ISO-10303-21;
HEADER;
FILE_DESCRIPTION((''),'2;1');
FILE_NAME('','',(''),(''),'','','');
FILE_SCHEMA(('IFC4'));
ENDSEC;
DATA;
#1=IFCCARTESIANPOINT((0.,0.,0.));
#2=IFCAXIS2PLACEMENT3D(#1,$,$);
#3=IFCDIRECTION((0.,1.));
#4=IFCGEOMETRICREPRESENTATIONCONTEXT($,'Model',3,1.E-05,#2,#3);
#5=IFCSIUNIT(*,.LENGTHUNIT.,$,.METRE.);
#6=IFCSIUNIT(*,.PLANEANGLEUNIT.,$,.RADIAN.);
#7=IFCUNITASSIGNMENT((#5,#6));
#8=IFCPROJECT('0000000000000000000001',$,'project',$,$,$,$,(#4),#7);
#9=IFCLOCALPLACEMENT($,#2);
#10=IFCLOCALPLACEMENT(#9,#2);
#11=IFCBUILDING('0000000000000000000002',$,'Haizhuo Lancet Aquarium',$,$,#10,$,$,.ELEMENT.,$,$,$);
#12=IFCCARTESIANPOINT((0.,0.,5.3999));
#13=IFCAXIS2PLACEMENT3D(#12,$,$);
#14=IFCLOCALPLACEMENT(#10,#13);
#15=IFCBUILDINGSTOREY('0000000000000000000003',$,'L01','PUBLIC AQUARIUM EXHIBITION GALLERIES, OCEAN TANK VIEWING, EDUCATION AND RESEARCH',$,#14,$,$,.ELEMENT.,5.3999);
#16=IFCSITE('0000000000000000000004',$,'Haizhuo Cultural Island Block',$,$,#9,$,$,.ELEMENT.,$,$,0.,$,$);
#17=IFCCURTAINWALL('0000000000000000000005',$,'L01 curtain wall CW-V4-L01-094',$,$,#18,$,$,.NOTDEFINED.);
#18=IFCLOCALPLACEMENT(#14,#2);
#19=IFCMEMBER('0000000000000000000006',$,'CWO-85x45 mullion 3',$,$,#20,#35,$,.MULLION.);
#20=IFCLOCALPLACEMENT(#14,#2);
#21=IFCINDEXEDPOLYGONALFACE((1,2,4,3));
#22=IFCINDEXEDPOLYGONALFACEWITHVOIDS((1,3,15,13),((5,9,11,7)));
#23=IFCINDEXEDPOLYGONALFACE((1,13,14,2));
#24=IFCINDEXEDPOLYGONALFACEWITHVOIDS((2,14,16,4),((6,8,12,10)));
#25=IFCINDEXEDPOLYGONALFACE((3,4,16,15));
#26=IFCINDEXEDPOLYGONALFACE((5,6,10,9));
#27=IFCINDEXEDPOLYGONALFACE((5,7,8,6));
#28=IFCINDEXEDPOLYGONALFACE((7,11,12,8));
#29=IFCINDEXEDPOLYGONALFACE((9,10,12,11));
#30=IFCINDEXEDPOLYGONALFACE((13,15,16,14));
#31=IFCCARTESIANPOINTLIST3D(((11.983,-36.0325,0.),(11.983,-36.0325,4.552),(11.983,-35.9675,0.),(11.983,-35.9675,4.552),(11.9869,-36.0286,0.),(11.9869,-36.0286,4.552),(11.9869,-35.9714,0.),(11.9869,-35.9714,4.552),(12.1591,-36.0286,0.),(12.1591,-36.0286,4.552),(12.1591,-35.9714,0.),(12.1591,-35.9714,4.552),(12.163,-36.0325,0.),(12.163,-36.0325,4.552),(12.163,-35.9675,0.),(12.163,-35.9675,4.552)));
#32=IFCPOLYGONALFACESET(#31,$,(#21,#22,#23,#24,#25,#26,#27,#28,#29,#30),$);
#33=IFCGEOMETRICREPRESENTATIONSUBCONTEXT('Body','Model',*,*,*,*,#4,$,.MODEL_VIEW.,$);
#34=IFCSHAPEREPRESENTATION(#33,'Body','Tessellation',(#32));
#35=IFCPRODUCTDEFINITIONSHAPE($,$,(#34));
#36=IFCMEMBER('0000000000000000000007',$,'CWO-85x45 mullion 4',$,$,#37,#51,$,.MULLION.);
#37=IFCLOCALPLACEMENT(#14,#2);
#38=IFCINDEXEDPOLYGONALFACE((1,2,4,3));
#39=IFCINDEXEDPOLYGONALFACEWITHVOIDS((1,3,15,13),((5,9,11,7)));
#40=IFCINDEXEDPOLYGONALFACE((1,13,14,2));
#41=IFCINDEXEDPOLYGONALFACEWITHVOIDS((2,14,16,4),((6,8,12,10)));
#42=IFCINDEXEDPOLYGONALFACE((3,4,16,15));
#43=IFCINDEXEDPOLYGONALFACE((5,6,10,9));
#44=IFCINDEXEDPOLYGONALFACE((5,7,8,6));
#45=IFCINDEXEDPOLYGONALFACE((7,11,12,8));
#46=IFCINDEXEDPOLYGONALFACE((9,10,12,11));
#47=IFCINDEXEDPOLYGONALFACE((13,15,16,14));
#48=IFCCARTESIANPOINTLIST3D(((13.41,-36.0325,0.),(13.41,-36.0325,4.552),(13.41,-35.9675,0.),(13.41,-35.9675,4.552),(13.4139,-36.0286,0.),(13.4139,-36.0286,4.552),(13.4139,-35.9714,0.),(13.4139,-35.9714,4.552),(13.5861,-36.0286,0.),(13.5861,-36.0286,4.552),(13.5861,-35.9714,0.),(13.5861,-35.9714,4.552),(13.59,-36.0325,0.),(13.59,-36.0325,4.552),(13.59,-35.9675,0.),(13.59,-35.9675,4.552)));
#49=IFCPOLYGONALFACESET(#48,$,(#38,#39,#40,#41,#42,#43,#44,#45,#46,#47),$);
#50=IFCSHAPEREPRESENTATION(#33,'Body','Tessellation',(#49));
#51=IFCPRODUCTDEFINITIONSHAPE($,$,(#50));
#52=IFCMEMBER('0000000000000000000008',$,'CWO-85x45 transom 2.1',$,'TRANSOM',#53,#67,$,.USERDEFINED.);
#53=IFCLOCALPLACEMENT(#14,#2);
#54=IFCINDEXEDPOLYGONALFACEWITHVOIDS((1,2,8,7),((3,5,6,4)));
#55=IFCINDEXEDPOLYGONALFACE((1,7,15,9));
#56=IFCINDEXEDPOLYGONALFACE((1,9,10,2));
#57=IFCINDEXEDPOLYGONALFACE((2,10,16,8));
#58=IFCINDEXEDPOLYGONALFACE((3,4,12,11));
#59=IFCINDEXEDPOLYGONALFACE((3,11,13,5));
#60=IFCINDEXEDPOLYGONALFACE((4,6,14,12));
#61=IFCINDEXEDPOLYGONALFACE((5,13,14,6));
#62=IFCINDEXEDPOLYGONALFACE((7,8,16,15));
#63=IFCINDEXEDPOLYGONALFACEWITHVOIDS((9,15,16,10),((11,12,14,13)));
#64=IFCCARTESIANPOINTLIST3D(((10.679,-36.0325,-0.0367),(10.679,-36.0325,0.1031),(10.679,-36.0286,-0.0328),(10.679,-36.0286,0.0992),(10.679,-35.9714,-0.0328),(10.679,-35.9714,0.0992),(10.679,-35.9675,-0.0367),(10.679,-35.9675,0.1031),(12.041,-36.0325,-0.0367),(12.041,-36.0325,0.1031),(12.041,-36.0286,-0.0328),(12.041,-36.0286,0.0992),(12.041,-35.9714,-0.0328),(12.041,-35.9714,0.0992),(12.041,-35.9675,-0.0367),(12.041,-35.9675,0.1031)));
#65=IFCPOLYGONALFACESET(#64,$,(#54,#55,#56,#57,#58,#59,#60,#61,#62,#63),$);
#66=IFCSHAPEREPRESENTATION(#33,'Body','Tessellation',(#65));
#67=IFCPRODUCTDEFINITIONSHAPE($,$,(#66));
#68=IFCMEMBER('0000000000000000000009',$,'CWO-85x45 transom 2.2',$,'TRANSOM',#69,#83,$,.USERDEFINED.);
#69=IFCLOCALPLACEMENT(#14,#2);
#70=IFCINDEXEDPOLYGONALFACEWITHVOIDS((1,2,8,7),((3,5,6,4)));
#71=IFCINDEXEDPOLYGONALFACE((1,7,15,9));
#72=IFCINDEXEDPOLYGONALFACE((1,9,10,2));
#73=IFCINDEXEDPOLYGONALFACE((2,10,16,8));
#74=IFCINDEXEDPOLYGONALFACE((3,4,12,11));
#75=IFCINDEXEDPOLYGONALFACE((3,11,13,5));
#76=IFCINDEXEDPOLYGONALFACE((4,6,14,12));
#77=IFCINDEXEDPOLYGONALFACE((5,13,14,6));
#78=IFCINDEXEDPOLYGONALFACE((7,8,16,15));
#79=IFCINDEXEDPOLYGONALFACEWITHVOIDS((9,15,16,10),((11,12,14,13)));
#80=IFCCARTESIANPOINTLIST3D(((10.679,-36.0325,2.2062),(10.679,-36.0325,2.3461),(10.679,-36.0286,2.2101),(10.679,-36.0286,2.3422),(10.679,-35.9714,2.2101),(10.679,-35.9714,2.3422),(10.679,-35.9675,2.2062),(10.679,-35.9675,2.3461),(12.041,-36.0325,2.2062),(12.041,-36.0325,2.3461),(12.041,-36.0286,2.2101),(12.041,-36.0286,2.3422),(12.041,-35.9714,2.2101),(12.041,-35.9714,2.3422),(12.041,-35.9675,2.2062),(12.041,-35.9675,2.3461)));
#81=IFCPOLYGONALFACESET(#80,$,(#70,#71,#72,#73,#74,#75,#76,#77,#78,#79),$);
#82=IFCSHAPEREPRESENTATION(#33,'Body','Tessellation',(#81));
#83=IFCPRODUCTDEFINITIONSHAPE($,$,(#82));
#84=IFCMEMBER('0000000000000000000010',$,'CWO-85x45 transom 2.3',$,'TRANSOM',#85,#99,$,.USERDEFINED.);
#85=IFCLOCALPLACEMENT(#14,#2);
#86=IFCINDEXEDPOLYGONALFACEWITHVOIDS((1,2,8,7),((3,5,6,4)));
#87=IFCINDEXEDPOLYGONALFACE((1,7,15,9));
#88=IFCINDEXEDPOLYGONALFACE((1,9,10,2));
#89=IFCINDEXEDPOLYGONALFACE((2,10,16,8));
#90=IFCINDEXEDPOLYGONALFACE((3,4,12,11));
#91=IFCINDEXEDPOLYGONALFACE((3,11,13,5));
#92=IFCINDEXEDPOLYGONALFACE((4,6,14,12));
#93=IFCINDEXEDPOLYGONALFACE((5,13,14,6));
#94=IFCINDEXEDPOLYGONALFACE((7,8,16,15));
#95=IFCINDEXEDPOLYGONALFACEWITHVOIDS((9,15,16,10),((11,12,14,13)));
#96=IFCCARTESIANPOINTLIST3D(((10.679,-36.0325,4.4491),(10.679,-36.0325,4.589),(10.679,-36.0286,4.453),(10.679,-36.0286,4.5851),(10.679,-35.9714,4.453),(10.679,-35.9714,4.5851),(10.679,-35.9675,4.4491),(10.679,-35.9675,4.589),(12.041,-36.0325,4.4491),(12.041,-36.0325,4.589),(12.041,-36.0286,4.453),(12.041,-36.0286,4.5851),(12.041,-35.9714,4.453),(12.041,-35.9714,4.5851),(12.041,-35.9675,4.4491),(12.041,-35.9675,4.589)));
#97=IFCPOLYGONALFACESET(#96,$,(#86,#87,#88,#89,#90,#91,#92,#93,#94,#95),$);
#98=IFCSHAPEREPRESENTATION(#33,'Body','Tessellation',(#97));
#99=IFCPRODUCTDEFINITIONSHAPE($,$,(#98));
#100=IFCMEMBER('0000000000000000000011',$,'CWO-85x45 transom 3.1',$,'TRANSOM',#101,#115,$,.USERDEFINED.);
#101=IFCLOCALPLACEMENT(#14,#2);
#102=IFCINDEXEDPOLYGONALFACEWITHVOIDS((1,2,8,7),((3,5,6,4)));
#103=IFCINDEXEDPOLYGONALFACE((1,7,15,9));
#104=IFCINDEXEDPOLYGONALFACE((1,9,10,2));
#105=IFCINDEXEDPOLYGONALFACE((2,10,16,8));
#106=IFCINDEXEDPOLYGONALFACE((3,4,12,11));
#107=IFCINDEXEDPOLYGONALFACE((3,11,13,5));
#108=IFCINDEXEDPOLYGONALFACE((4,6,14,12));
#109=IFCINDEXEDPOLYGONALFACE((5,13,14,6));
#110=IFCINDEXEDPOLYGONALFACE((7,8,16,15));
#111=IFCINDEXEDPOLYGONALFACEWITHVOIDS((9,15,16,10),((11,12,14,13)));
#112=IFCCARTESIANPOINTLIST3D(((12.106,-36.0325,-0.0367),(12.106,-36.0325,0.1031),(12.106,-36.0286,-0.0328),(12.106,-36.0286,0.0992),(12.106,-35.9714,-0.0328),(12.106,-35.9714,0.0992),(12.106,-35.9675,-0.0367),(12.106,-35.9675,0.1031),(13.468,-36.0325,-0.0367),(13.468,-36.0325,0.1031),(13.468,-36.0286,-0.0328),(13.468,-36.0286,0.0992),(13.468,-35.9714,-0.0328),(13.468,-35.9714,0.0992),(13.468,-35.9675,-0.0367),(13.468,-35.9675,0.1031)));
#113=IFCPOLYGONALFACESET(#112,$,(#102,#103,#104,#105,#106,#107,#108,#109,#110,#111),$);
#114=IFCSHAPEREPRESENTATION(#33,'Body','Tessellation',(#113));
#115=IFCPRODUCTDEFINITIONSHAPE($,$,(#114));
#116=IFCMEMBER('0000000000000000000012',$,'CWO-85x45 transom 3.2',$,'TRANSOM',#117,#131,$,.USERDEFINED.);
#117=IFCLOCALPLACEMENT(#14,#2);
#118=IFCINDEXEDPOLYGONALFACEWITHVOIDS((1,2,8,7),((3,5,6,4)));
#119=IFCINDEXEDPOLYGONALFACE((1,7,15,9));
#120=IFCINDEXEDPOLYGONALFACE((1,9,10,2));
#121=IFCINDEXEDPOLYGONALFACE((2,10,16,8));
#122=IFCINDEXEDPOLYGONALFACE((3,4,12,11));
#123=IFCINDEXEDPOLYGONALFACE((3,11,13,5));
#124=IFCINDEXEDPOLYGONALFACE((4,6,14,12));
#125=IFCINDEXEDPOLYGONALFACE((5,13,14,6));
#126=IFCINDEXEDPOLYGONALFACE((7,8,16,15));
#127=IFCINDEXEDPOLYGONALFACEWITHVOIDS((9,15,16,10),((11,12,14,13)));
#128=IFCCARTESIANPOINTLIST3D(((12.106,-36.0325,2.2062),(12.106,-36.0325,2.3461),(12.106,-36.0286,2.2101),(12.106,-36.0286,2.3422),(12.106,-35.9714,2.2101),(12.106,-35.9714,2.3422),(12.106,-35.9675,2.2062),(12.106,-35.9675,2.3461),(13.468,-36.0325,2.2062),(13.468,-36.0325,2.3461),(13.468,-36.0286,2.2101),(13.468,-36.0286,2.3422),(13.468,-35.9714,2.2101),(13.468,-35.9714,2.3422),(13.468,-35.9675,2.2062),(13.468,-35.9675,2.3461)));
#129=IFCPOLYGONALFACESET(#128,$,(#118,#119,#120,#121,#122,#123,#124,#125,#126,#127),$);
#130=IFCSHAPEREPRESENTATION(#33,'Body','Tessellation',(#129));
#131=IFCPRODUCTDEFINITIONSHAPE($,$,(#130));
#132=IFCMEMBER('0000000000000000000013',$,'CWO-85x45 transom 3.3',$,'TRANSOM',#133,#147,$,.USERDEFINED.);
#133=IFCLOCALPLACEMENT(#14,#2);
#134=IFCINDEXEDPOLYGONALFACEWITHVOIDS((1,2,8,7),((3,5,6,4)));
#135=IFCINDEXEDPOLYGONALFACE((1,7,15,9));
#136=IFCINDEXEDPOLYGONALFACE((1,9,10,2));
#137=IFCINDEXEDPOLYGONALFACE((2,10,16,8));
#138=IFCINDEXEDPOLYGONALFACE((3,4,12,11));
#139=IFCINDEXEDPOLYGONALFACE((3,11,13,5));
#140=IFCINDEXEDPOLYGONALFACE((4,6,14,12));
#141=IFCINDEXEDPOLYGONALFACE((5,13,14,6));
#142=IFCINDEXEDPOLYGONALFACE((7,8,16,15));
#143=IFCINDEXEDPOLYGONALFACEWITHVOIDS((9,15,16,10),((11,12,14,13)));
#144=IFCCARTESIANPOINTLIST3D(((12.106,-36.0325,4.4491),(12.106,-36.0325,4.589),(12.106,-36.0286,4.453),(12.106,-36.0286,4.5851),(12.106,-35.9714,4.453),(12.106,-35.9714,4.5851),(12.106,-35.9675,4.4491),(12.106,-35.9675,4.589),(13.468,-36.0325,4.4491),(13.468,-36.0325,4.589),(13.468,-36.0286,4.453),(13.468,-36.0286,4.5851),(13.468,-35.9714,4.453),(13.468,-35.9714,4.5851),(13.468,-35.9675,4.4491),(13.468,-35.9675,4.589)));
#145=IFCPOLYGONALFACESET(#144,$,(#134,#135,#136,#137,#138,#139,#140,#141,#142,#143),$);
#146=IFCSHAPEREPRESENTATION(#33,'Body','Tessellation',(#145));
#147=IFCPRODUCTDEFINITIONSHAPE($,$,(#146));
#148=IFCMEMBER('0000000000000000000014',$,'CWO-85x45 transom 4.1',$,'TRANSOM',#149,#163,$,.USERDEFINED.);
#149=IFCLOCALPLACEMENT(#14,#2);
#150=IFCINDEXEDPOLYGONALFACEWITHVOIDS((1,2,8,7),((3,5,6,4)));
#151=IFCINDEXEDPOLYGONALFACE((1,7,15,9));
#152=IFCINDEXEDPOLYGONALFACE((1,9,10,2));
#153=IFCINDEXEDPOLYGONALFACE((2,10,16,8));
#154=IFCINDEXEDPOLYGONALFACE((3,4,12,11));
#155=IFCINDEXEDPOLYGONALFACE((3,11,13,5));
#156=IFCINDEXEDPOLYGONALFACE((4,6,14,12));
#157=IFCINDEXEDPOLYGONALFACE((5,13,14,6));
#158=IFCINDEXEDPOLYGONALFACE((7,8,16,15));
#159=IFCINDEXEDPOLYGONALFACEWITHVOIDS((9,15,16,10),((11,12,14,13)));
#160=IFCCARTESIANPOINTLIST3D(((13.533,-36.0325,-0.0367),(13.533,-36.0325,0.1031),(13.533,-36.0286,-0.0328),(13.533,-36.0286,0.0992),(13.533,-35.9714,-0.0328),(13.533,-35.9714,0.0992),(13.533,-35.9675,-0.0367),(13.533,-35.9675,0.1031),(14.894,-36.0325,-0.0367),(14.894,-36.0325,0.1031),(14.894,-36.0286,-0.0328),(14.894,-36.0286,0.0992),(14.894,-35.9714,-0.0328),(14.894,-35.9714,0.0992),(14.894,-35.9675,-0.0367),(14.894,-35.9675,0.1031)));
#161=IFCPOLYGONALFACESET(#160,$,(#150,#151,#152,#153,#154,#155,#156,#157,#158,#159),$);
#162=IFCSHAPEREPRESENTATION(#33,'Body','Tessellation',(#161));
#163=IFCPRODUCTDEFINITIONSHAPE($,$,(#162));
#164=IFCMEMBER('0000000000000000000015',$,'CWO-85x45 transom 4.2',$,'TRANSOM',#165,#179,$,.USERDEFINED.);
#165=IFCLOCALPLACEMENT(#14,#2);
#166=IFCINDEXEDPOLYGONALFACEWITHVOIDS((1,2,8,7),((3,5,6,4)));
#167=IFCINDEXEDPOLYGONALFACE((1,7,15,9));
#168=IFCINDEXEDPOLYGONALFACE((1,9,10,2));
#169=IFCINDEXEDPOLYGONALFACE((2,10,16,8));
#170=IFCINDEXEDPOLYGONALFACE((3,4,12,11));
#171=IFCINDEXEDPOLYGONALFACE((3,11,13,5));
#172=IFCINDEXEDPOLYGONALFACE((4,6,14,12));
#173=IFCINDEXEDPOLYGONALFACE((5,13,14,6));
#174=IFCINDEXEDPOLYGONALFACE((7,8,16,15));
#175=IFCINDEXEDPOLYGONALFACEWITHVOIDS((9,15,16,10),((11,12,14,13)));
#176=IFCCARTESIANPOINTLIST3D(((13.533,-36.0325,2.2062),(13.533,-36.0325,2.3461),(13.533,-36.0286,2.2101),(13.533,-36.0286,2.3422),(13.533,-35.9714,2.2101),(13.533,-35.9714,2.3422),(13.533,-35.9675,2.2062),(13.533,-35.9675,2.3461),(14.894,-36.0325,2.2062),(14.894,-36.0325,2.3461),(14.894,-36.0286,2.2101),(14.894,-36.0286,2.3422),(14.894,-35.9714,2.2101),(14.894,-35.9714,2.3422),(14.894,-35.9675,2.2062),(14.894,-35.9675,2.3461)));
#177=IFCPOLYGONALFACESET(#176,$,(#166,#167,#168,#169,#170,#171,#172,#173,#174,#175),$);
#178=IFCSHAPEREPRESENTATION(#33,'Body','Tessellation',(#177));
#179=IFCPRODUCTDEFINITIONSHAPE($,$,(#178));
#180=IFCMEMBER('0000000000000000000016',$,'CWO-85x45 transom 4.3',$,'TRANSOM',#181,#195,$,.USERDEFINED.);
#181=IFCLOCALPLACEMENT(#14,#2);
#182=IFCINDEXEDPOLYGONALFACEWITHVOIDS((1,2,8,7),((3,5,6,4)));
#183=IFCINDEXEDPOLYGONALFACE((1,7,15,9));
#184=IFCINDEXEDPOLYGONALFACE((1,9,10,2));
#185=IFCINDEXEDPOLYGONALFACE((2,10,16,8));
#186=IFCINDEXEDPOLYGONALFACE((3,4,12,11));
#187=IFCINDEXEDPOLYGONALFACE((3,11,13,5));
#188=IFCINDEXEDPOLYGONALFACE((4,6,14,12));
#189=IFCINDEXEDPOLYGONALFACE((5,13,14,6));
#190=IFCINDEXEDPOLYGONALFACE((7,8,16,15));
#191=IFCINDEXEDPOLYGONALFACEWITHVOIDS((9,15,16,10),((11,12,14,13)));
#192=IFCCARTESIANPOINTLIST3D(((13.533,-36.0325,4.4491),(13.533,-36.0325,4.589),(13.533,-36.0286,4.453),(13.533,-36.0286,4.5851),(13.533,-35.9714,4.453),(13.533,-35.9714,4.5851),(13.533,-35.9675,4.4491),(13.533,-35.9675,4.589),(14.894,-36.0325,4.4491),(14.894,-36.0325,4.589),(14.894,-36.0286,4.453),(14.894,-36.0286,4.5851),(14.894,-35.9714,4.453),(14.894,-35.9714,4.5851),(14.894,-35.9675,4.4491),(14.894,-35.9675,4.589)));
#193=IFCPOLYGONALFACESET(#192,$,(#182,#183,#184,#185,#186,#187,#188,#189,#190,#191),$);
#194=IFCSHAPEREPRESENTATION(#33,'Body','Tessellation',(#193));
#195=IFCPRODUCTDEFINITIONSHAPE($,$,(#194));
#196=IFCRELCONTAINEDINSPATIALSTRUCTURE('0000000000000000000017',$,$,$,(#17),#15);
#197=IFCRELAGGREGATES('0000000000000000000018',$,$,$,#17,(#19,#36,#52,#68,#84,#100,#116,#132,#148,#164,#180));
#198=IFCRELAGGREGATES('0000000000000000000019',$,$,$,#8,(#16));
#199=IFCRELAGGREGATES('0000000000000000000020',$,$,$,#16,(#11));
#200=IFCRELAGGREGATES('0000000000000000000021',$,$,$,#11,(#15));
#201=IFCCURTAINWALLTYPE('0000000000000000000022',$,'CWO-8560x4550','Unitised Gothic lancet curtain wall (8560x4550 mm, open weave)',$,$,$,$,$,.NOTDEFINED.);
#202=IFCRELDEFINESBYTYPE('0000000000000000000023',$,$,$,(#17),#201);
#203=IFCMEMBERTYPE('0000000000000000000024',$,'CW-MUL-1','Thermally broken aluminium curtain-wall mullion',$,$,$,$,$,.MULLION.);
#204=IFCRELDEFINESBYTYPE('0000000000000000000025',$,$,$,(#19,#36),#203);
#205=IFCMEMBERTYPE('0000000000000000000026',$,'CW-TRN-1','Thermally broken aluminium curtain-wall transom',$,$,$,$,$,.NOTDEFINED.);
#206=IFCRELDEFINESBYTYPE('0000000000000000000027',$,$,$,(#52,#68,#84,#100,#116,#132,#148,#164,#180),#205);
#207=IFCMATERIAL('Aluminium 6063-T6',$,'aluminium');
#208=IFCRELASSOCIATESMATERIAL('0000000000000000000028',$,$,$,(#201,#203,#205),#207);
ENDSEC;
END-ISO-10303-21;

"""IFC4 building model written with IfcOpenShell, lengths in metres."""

from ifc_helpers import new_model, si_unit, direction, frame, origin, origin_2d, place, context, subcontext, project, spatial, hollow_rectangle, extrude, material, material_profile, profile_set, type_object, element, aggregate, save


model = new_model("IFC4")

# Units and contexts
model_context = context("Model", 3, precision=1e-05, world=origin(), true_north=direction((0.0, 1.0)))
body_context = subcontext(model_context, "Body", "Model", "MODEL_VIEW")
ifc_project = project(units=[si_unit("LENGTHUNIT", "METRE"), si_unit("PLANEANGLEUNIT", "RADIAN")], contexts=[model_context])

# Site, building, storey
site_placement = place(None, origin())
site = spatial("IfcSite", under=ifc_project, at=site_placement, Name="Haizhuo Cultural Island Block", CompositionType="ELEMENT", RefElevation=0.0)
building_placement = place(site_placement, origin())
building = spatial("IfcBuilding", under=site, at=building_placement, Name="Haizhuo Lancet Aquarium", CompositionType="ELEMENT")
storey_placement = place(building_placement, frame((0.0, 0.0, 5.3999)))
storey = spatial("IfcBuildingStorey", under=building, at=storey_placement, Name="L01", Description="PUBLIC AQUARIUM EXHIBITION GALLERIES, OCEAN TANK VIEWING, EDUCATION AND RESEARCH", CompositionType="ELEMENT", Elevation=5.3999)

# Curtain wall, members
ifc_material_1 = material(Name="Aluminium 6063-T6", Category="aluminium")
curtain_wall_type = type_object("IfcCurtainWallType", Name="CWO-8560x4550", Description="Unitised Gothic lancet curtain wall (8560x4550 mm, open weave)", PredefinedType="NOTDEFINED", material=ifc_material_1)
curtain_wall_placement = place(storey_placement, origin())
curtain_wall = element("IfcCurtainWall", 1, at=curtain_wall_placement, inside=storey, type_object=curtain_wall_type, Name="L01 curtain wall CW-V4-L01-094", PredefinedType="NOTDEFINED")
ifc_material_profile_1 = material_profile(ifc_material_1, hollow_rectangle(XDim=0.0649, YDim=0.1799, WallThickness=0.0039, at=origin_2d()), Name="ALU-M 65x180x4")
ifc_profile_set_1 = profile_set([ifc_material_profile_1], Name="Aluminium 6063-T6")
member_type_1 = type_object("IfcMemberType", Name="CW-MUL-1", Description="Thermally broken aluminium curtain-wall mullion", PredefinedType="MULLION", material=ifc_profile_set_1)
member_1_placement = place(storey_placement, frame((12.073, -36.0, 0.0), z_axis=(0.0, 0.0, 1.0), x_axis=(0.0, 1.0, 0.0)))
member_1 = element("IfcMember", 2, at=member_1_placement, type_object=member_type_1, Name="CWO-85x45 mullion 3", PredefinedType="MULLION", context=body_context, shape_type="SweptSolid", body=[
    extrude(hollow_rectangle(XDim=0.0649, YDim=0.1799, WallThickness=0.0039, at=origin_2d()), origin(), (0.0, 0.0, 1.0), 4.552),
])
member_2_placement = place(storey_placement, frame((13.5, -36.0, 0.0), z_axis=(0.0, 0.0, 1.0), x_axis=(0.0, 1.0, 0.0)))
member_2 = element("IfcMember", 3, at=member_2_placement, type_object=member_type_1, Name="CWO-85x45 mullion 4", PredefinedType="MULLION", context=body_context, shape_type="SweptSolid", body=[
    extrude(hollow_rectangle(XDim=0.0649, YDim=0.1799, WallThickness=0.0039, at=origin_2d()), origin(), (0.0, 0.0, 1.0), 4.552),
])
ifc_material_profile_2 = material_profile(ifc_material_1, hollow_rectangle(XDim=0.0649, YDim=0.1399, WallThickness=0.0039, at=origin_2d()), Name="ALU-T 65x140x4")
ifc_profile_set_2 = profile_set([ifc_material_profile_2], Name="Aluminium 6063-T6")
member_type_2 = type_object("IfcMemberType", Name="CW-TRN-1", Description="Thermally broken aluminium curtain-wall transom", PredefinedType="NOTDEFINED", material=ifc_profile_set_2)
member_3_placement = place(storey_placement, frame((10.679, -36.0, 0.0332), z_axis=(1.0, 0.0, 0.0), x_axis=(0.0, 1.0, 0.0)))
member_3 = element("IfcMember", 4, at=member_3_placement, type_object=member_type_2, Name="CWO-85x45 transom 2.1", ObjectType="TRANSOM", PredefinedType="USERDEFINED", context=body_context, shape_type="SweptSolid", body=[
    extrude(hollow_rectangle(XDim=0.0649, YDim=0.1399, WallThickness=0.0039, at=origin_2d()), origin(), (0.0, 0.0, 1.0), 1.3621),
])
member_4_placement = place(storey_placement, frame((10.679, -36.0, 2.2761), z_axis=(1.0, 0.0, 0.0), x_axis=(0.0, 1.0, 0.0)))
member_4 = element("IfcMember", 5, at=member_4_placement, type_object=member_type_2, Name="CWO-85x45 transom 2.2", ObjectType="TRANSOM", PredefinedType="USERDEFINED", context=body_context, shape_type="SweptSolid", body=[
    extrude(hollow_rectangle(XDim=0.0649, YDim=0.1399, WallThickness=0.0039, at=origin_2d()), origin(), (0.0, 0.0, 1.0), 1.3621),
])
member_5_placement = place(storey_placement, frame((10.679, -36.0, 4.519), z_axis=(1.0, 0.0, 0.0), x_axis=(0.0, 1.0, 0.0)))
member_5 = element("IfcMember", 6, at=member_5_placement, type_object=member_type_2, Name="CWO-85x45 transom 2.3", ObjectType="TRANSOM", PredefinedType="USERDEFINED", context=body_context, shape_type="SweptSolid", body=[
    extrude(hollow_rectangle(XDim=0.0649, YDim=0.1399, WallThickness=0.0039, at=origin_2d()), origin(), (0.0, 0.0, 1.0), 1.3621),
])
member_6_placement = place(storey_placement, frame((12.106, -36.0, 0.0332), z_axis=(1.0, 0.0, 0.0), x_axis=(0.0, 1.0, 0.0)))
member_6 = element("IfcMember", 7, at=member_6_placement, type_object=member_type_2, Name="CWO-85x45 transom 3.1", ObjectType="TRANSOM", PredefinedType="USERDEFINED", context=body_context, shape_type="SweptSolid", body=[
    extrude(hollow_rectangle(XDim=0.0649, YDim=0.1399, WallThickness=0.0039, at=origin_2d()), origin(), (0.0, 0.0, 1.0), 1.3621),
])
member_7_placement = place(storey_placement, frame((12.106, -36.0, 2.2761), z_axis=(1.0, 0.0, 0.0), x_axis=(0.0, 1.0, 0.0)))
member_7 = element("IfcMember", 8, at=member_7_placement, type_object=member_type_2, Name="CWO-85x45 transom 3.2", ObjectType="TRANSOM", PredefinedType="USERDEFINED", context=body_context, shape_type="SweptSolid", body=[
    extrude(hollow_rectangle(XDim=0.0649, YDim=0.1399, WallThickness=0.0039, at=origin_2d()), origin(), (0.0, 0.0, 1.0), 1.3621),
])
member_8_placement = place(storey_placement, frame((12.106, -36.0, 4.519), z_axis=(1.0, 0.0, 0.0), x_axis=(0.0, 1.0, 0.0)))
member_8 = element("IfcMember", 9, at=member_8_placement, type_object=member_type_2, Name="CWO-85x45 transom 3.3", ObjectType="TRANSOM", PredefinedType="USERDEFINED", context=body_context, shape_type="SweptSolid", body=[
    extrude(hollow_rectangle(XDim=0.0649, YDim=0.1399, WallThickness=0.0039, at=origin_2d()), origin(), (0.0, 0.0, 1.0), 1.3621),
])
member_9_placement = place(storey_placement, frame((13.533, -36.0, 0.0332), z_axis=(1.0, 0.0, 0.0), x_axis=(0.0, 1.0, 0.0)))
member_9 = element("IfcMember", 10, at=member_9_placement, type_object=member_type_2, Name="CWO-85x45 transom 4.1", ObjectType="TRANSOM", PredefinedType="USERDEFINED", context=body_context, shape_type="SweptSolid", body=[
    extrude(hollow_rectangle(XDim=0.0649, YDim=0.1399, WallThickness=0.0039, at=origin_2d()), origin(), (0.0, 0.0, 1.0), 1.3611),
])
member_10_placement = place(storey_placement, frame((13.533, -36.0, 2.2761), z_axis=(1.0, 0.0, 0.0), x_axis=(0.0, 1.0, 0.0)))
member_10 = element("IfcMember", 11, at=member_10_placement, type_object=member_type_2, Name="CWO-85x45 transom 4.2", ObjectType="TRANSOM", PredefinedType="USERDEFINED", context=body_context, shape_type="SweptSolid", body=[
    extrude(hollow_rectangle(XDim=0.0649, YDim=0.1399, WallThickness=0.0039, at=origin_2d()), origin(), (0.0, 0.0, 1.0), 1.3611),
])
member_11_placement = place(storey_placement, frame((13.533, -36.0, 4.519), z_axis=(1.0, 0.0, 0.0), x_axis=(0.0, 1.0, 0.0)))
member_11 = element("IfcMember", 12, at=member_11_placement, type_object=member_type_2, Name="CWO-85x45 transom 4.3", ObjectType="TRANSOM", PredefinedType="USERDEFINED", context=body_context, shape_type="SweptSolid", body=[
    extrude(hollow_rectangle(XDim=0.0649, YDim=0.1399, WallThickness=0.0039, at=origin_2d()), origin(), (0.0, 0.0, 1.0), 1.3611),
])

aggregate(curtain_wall, [member_1, member_2, member_3, member_4, member_5, member_6, member_7, member_8, member_9, member_10, member_11])

save(model, "model.ifc")
